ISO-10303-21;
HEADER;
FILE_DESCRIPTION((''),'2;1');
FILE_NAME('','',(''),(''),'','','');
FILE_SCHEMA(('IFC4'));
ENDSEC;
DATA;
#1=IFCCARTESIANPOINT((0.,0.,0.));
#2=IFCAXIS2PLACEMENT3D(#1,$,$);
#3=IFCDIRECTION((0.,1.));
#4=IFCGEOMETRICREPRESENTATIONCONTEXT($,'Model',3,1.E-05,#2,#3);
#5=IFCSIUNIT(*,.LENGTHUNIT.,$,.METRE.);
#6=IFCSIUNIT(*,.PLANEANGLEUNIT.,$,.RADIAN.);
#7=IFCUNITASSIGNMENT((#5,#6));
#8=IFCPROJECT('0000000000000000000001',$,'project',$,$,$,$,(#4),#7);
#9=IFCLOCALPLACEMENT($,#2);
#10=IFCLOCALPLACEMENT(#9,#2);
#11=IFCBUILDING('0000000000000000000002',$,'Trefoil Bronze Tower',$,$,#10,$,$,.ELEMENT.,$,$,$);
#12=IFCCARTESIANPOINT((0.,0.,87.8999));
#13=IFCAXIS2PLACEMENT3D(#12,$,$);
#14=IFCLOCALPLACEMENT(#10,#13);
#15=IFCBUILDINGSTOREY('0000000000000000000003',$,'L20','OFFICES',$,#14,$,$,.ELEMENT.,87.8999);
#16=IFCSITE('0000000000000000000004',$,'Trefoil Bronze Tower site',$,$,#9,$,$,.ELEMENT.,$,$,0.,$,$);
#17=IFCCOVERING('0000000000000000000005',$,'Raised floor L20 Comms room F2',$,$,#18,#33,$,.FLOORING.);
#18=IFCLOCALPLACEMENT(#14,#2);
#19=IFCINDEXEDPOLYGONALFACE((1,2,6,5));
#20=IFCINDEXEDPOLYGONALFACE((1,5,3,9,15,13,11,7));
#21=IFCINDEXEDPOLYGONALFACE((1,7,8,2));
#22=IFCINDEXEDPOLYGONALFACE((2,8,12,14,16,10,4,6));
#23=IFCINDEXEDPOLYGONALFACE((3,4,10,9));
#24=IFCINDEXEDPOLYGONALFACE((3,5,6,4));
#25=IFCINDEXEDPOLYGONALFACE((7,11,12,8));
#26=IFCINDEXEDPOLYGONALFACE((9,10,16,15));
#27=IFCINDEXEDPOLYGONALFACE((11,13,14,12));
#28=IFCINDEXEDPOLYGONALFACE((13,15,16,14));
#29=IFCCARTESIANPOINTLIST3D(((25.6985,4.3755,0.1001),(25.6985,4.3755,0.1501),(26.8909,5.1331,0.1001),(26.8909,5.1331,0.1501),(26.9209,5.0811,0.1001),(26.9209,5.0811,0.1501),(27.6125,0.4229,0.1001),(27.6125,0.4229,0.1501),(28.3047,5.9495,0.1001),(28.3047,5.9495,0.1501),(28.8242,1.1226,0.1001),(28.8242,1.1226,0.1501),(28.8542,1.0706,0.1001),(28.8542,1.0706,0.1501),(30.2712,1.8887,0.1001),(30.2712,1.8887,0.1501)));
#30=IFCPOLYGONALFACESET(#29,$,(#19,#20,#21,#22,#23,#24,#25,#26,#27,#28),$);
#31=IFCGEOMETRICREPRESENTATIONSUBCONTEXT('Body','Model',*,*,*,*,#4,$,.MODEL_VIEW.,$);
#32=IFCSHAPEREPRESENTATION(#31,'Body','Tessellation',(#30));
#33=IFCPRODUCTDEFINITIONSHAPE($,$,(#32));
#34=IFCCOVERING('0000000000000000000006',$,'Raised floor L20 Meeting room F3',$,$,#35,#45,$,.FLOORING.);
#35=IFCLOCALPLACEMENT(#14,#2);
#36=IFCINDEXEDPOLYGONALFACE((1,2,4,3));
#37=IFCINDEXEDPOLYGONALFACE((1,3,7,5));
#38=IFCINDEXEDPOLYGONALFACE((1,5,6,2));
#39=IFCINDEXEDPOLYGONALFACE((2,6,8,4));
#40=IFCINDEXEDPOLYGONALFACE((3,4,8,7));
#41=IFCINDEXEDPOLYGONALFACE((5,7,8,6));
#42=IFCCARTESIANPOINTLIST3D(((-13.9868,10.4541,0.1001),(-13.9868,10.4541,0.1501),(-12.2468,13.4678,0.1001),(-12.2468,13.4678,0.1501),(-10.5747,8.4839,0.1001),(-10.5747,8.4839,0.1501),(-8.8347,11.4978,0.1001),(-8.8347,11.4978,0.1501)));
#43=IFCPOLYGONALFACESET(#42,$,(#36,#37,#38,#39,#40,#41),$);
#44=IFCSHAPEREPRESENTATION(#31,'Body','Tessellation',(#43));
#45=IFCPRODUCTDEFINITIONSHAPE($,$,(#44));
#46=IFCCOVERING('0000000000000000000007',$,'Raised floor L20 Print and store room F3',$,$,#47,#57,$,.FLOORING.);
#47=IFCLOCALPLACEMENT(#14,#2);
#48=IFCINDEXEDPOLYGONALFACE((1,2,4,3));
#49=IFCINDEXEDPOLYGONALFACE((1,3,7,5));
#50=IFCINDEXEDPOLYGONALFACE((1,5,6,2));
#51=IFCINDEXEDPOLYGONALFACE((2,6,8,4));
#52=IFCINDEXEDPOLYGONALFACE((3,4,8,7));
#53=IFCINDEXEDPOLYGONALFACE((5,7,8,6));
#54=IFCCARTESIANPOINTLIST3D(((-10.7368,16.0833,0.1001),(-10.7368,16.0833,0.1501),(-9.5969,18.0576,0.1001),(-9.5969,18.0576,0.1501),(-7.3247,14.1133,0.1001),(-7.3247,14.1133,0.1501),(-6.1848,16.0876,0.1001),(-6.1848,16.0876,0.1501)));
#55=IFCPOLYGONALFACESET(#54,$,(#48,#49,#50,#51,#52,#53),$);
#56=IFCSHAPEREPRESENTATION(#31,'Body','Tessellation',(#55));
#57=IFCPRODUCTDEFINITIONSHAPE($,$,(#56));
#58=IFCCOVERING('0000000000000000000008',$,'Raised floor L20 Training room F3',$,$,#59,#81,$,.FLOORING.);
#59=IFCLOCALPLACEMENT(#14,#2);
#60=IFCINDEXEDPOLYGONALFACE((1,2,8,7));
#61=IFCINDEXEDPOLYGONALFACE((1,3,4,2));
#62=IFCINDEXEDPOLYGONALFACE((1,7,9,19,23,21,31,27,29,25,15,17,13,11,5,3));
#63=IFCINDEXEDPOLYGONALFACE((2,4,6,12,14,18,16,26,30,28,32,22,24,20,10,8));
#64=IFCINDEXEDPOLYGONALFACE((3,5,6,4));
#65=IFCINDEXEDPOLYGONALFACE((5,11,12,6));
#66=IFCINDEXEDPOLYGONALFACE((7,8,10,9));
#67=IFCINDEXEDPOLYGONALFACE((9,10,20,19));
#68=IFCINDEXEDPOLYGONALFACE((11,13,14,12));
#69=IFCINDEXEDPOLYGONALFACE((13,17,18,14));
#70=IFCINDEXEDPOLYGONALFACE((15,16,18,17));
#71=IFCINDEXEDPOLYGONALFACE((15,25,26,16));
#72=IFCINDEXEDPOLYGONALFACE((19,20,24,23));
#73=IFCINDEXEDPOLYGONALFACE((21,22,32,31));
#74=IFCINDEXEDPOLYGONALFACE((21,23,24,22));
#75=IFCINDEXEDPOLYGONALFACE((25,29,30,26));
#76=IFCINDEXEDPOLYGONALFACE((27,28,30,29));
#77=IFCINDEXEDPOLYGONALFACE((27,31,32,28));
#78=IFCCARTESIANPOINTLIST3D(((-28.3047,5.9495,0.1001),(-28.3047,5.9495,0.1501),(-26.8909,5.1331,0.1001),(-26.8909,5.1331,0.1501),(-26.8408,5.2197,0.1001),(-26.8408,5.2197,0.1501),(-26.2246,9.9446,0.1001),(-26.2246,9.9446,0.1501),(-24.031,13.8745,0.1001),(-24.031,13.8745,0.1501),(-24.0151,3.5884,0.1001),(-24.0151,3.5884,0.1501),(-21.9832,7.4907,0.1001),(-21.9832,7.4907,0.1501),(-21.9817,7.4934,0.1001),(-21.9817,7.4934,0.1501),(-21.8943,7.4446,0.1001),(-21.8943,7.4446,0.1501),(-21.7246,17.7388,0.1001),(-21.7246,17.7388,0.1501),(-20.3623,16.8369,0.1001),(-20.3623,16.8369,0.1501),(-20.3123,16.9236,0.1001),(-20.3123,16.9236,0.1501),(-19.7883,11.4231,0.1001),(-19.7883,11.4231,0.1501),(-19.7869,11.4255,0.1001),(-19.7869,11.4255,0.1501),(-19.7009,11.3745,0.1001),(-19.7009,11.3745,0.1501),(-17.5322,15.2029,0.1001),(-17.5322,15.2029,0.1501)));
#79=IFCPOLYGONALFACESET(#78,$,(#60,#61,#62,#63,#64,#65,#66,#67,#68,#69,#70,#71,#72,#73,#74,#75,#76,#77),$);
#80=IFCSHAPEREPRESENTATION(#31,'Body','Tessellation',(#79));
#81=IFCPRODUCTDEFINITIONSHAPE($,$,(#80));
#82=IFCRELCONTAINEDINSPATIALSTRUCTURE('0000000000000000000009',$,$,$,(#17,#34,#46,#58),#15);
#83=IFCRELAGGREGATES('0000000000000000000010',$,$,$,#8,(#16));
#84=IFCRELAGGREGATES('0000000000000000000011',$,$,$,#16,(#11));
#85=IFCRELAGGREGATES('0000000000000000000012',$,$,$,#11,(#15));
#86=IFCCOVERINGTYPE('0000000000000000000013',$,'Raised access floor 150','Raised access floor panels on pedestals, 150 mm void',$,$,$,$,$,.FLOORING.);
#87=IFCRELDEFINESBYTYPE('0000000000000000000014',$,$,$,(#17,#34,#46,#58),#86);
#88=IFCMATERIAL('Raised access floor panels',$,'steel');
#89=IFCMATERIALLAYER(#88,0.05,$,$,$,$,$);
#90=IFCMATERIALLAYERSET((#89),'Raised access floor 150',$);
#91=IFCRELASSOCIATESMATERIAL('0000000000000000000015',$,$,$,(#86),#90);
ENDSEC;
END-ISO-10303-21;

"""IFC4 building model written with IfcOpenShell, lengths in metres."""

from ifc_helpers import new_model, si_unit, direction, frame, origin, place, context, subcontext, project, spatial, polyline, outline, extrude, material, layer, layer_set, type_object, element, save


model = new_model("IFC4")

# Units and contexts
model_context = context("Model", 3, precision=1e-05, world=origin(), true_north=direction((0.0, 1.0)))
body_context = subcontext(model_context, "Body", "Model", "MODEL_VIEW")
ifc_project = project(units=[si_unit("LENGTHUNIT", "METRE"), si_unit("PLANEANGLEUNIT", "RADIAN")], contexts=[model_context])

# Site, building, storey
site_placement = place(None, origin())
site = spatial("IfcSite", under=ifc_project, at=site_placement, Name="Trefoil Bronze Tower site", CompositionType="ELEMENT", RefElevation=0.0)
building_placement = place(site_placement, origin())
building = spatial("IfcBuilding", under=site, at=building_placement, Name="Trefoil Bronze Tower", CompositionType="ELEMENT")
storey_placement = place(building_placement, frame((0.0, 0.0, 87.8999)))
storey = spatial("IfcBuildingStorey", under=building, at=storey_placement, Name="L20", Description="OFFICES", CompositionType="ELEMENT", Elevation=87.8999)

# Coverings
ifc_material_1 = material(Name="Raised access floor panels", Category="steel")
ifc_layer_1 = layer(ifc_material_1, 0.05)
ifc_layer_set_1 = layer_set([ifc_layer_1], Name="Raised access floor 150")
covering_type_1 = type_object("IfcCoveringType", Name="Raised access floor 150", Description="Raised access floor panels on pedestals, 150 mm void", PredefinedType="FLOORING", material=ifc_layer_set_1)
covering_1_placement = place(storey_placement, frame((0.0, 0.0, 0.1001)))
element("IfcCovering", 1, at=covering_1_placement, inside=storey, type_object=covering_type_1, Name="Raised floor L20 Comms room F2", PredefinedType="FLOORING", context=body_context, shape_type="SweptSolid", body=[
    extrude(outline(polyline([(28.3047, 5.9495), (30.2712, 1.8887), (28.8542, 1.0706), (28.8242, 1.1226), (27.6125, 0.4229), (25.6985, 4.3755), (26.9209, 5.0811), (26.8909, 5.1331), (28.3047, 5.9495)])), origin(), (0.0, 0.0, 1.0), 0.05),
])
covering_2_placement = place(storey_placement, frame((0.0, 0.0, 0.1001)))
element("IfcCovering", 2, at=covering_2_placement, inside=storey, type_object=covering_type_1, Name="Raised floor L20 Meeting room F3", PredefinedType="FLOORING", context=body_context, shape_type="SweptSolid", body=[
    extrude(outline(polyline([(-10.5747, 8.4839), (-13.9868, 10.4541), (-12.2468, 13.4678), (-8.8347, 11.4978), (-10.5747, 8.4839)])), origin(), (0.0, 0.0, 1.0), 0.05),
])
covering_3_placement = place(storey_placement, frame((0.0, 0.0, 0.1001)))
element("IfcCovering", 3, at=covering_3_placement, inside=storey, type_object=covering_type_1, Name="Raised floor L20 Print and store room F3", PredefinedType="FLOORING", context=body_context, shape_type="SweptSolid", body=[
    extrude(outline(polyline([(-7.3247, 14.1133), (-10.7368, 16.0833), (-9.5969, 18.0576), (-6.1848, 16.0876), (-7.3247, 14.1133)])), origin(), (0.0, 0.0, 1.0), 0.05),
])
covering_4_placement = place(storey_placement, frame((0.0, 0.0, 0.1001)))
element("IfcCovering", 4, at=covering_4_placement, inside=storey, type_object=covering_type_1, Name="Raised floor L20 Training room F3", PredefinedType="FLOORING", context=body_context, shape_type="SweptSolid", body=[
    extrude(outline(polyline([(-24.031, 13.8745), (-21.7246, 17.7388), (-20.3123, 16.9236), (-20.3623, 16.8369), (-17.5322, 15.2029), (-19.7869, 11.4255), (-19.7009, 11.3745), (-19.7883, 11.4231), (-21.9817, 7.4934), (-21.8943, 7.4446), (-21.9832, 7.4907), (-24.0151, 3.5884), (-26.8408, 5.2197), (-26.8909, 5.1331), (-28.3047, 5.9495), (-26.2246, 9.9446), (-24.031, 13.8745)])), origin(), (0.0, 0.0, 1.0), 0.05),
])

save(model, "model.ifc")
